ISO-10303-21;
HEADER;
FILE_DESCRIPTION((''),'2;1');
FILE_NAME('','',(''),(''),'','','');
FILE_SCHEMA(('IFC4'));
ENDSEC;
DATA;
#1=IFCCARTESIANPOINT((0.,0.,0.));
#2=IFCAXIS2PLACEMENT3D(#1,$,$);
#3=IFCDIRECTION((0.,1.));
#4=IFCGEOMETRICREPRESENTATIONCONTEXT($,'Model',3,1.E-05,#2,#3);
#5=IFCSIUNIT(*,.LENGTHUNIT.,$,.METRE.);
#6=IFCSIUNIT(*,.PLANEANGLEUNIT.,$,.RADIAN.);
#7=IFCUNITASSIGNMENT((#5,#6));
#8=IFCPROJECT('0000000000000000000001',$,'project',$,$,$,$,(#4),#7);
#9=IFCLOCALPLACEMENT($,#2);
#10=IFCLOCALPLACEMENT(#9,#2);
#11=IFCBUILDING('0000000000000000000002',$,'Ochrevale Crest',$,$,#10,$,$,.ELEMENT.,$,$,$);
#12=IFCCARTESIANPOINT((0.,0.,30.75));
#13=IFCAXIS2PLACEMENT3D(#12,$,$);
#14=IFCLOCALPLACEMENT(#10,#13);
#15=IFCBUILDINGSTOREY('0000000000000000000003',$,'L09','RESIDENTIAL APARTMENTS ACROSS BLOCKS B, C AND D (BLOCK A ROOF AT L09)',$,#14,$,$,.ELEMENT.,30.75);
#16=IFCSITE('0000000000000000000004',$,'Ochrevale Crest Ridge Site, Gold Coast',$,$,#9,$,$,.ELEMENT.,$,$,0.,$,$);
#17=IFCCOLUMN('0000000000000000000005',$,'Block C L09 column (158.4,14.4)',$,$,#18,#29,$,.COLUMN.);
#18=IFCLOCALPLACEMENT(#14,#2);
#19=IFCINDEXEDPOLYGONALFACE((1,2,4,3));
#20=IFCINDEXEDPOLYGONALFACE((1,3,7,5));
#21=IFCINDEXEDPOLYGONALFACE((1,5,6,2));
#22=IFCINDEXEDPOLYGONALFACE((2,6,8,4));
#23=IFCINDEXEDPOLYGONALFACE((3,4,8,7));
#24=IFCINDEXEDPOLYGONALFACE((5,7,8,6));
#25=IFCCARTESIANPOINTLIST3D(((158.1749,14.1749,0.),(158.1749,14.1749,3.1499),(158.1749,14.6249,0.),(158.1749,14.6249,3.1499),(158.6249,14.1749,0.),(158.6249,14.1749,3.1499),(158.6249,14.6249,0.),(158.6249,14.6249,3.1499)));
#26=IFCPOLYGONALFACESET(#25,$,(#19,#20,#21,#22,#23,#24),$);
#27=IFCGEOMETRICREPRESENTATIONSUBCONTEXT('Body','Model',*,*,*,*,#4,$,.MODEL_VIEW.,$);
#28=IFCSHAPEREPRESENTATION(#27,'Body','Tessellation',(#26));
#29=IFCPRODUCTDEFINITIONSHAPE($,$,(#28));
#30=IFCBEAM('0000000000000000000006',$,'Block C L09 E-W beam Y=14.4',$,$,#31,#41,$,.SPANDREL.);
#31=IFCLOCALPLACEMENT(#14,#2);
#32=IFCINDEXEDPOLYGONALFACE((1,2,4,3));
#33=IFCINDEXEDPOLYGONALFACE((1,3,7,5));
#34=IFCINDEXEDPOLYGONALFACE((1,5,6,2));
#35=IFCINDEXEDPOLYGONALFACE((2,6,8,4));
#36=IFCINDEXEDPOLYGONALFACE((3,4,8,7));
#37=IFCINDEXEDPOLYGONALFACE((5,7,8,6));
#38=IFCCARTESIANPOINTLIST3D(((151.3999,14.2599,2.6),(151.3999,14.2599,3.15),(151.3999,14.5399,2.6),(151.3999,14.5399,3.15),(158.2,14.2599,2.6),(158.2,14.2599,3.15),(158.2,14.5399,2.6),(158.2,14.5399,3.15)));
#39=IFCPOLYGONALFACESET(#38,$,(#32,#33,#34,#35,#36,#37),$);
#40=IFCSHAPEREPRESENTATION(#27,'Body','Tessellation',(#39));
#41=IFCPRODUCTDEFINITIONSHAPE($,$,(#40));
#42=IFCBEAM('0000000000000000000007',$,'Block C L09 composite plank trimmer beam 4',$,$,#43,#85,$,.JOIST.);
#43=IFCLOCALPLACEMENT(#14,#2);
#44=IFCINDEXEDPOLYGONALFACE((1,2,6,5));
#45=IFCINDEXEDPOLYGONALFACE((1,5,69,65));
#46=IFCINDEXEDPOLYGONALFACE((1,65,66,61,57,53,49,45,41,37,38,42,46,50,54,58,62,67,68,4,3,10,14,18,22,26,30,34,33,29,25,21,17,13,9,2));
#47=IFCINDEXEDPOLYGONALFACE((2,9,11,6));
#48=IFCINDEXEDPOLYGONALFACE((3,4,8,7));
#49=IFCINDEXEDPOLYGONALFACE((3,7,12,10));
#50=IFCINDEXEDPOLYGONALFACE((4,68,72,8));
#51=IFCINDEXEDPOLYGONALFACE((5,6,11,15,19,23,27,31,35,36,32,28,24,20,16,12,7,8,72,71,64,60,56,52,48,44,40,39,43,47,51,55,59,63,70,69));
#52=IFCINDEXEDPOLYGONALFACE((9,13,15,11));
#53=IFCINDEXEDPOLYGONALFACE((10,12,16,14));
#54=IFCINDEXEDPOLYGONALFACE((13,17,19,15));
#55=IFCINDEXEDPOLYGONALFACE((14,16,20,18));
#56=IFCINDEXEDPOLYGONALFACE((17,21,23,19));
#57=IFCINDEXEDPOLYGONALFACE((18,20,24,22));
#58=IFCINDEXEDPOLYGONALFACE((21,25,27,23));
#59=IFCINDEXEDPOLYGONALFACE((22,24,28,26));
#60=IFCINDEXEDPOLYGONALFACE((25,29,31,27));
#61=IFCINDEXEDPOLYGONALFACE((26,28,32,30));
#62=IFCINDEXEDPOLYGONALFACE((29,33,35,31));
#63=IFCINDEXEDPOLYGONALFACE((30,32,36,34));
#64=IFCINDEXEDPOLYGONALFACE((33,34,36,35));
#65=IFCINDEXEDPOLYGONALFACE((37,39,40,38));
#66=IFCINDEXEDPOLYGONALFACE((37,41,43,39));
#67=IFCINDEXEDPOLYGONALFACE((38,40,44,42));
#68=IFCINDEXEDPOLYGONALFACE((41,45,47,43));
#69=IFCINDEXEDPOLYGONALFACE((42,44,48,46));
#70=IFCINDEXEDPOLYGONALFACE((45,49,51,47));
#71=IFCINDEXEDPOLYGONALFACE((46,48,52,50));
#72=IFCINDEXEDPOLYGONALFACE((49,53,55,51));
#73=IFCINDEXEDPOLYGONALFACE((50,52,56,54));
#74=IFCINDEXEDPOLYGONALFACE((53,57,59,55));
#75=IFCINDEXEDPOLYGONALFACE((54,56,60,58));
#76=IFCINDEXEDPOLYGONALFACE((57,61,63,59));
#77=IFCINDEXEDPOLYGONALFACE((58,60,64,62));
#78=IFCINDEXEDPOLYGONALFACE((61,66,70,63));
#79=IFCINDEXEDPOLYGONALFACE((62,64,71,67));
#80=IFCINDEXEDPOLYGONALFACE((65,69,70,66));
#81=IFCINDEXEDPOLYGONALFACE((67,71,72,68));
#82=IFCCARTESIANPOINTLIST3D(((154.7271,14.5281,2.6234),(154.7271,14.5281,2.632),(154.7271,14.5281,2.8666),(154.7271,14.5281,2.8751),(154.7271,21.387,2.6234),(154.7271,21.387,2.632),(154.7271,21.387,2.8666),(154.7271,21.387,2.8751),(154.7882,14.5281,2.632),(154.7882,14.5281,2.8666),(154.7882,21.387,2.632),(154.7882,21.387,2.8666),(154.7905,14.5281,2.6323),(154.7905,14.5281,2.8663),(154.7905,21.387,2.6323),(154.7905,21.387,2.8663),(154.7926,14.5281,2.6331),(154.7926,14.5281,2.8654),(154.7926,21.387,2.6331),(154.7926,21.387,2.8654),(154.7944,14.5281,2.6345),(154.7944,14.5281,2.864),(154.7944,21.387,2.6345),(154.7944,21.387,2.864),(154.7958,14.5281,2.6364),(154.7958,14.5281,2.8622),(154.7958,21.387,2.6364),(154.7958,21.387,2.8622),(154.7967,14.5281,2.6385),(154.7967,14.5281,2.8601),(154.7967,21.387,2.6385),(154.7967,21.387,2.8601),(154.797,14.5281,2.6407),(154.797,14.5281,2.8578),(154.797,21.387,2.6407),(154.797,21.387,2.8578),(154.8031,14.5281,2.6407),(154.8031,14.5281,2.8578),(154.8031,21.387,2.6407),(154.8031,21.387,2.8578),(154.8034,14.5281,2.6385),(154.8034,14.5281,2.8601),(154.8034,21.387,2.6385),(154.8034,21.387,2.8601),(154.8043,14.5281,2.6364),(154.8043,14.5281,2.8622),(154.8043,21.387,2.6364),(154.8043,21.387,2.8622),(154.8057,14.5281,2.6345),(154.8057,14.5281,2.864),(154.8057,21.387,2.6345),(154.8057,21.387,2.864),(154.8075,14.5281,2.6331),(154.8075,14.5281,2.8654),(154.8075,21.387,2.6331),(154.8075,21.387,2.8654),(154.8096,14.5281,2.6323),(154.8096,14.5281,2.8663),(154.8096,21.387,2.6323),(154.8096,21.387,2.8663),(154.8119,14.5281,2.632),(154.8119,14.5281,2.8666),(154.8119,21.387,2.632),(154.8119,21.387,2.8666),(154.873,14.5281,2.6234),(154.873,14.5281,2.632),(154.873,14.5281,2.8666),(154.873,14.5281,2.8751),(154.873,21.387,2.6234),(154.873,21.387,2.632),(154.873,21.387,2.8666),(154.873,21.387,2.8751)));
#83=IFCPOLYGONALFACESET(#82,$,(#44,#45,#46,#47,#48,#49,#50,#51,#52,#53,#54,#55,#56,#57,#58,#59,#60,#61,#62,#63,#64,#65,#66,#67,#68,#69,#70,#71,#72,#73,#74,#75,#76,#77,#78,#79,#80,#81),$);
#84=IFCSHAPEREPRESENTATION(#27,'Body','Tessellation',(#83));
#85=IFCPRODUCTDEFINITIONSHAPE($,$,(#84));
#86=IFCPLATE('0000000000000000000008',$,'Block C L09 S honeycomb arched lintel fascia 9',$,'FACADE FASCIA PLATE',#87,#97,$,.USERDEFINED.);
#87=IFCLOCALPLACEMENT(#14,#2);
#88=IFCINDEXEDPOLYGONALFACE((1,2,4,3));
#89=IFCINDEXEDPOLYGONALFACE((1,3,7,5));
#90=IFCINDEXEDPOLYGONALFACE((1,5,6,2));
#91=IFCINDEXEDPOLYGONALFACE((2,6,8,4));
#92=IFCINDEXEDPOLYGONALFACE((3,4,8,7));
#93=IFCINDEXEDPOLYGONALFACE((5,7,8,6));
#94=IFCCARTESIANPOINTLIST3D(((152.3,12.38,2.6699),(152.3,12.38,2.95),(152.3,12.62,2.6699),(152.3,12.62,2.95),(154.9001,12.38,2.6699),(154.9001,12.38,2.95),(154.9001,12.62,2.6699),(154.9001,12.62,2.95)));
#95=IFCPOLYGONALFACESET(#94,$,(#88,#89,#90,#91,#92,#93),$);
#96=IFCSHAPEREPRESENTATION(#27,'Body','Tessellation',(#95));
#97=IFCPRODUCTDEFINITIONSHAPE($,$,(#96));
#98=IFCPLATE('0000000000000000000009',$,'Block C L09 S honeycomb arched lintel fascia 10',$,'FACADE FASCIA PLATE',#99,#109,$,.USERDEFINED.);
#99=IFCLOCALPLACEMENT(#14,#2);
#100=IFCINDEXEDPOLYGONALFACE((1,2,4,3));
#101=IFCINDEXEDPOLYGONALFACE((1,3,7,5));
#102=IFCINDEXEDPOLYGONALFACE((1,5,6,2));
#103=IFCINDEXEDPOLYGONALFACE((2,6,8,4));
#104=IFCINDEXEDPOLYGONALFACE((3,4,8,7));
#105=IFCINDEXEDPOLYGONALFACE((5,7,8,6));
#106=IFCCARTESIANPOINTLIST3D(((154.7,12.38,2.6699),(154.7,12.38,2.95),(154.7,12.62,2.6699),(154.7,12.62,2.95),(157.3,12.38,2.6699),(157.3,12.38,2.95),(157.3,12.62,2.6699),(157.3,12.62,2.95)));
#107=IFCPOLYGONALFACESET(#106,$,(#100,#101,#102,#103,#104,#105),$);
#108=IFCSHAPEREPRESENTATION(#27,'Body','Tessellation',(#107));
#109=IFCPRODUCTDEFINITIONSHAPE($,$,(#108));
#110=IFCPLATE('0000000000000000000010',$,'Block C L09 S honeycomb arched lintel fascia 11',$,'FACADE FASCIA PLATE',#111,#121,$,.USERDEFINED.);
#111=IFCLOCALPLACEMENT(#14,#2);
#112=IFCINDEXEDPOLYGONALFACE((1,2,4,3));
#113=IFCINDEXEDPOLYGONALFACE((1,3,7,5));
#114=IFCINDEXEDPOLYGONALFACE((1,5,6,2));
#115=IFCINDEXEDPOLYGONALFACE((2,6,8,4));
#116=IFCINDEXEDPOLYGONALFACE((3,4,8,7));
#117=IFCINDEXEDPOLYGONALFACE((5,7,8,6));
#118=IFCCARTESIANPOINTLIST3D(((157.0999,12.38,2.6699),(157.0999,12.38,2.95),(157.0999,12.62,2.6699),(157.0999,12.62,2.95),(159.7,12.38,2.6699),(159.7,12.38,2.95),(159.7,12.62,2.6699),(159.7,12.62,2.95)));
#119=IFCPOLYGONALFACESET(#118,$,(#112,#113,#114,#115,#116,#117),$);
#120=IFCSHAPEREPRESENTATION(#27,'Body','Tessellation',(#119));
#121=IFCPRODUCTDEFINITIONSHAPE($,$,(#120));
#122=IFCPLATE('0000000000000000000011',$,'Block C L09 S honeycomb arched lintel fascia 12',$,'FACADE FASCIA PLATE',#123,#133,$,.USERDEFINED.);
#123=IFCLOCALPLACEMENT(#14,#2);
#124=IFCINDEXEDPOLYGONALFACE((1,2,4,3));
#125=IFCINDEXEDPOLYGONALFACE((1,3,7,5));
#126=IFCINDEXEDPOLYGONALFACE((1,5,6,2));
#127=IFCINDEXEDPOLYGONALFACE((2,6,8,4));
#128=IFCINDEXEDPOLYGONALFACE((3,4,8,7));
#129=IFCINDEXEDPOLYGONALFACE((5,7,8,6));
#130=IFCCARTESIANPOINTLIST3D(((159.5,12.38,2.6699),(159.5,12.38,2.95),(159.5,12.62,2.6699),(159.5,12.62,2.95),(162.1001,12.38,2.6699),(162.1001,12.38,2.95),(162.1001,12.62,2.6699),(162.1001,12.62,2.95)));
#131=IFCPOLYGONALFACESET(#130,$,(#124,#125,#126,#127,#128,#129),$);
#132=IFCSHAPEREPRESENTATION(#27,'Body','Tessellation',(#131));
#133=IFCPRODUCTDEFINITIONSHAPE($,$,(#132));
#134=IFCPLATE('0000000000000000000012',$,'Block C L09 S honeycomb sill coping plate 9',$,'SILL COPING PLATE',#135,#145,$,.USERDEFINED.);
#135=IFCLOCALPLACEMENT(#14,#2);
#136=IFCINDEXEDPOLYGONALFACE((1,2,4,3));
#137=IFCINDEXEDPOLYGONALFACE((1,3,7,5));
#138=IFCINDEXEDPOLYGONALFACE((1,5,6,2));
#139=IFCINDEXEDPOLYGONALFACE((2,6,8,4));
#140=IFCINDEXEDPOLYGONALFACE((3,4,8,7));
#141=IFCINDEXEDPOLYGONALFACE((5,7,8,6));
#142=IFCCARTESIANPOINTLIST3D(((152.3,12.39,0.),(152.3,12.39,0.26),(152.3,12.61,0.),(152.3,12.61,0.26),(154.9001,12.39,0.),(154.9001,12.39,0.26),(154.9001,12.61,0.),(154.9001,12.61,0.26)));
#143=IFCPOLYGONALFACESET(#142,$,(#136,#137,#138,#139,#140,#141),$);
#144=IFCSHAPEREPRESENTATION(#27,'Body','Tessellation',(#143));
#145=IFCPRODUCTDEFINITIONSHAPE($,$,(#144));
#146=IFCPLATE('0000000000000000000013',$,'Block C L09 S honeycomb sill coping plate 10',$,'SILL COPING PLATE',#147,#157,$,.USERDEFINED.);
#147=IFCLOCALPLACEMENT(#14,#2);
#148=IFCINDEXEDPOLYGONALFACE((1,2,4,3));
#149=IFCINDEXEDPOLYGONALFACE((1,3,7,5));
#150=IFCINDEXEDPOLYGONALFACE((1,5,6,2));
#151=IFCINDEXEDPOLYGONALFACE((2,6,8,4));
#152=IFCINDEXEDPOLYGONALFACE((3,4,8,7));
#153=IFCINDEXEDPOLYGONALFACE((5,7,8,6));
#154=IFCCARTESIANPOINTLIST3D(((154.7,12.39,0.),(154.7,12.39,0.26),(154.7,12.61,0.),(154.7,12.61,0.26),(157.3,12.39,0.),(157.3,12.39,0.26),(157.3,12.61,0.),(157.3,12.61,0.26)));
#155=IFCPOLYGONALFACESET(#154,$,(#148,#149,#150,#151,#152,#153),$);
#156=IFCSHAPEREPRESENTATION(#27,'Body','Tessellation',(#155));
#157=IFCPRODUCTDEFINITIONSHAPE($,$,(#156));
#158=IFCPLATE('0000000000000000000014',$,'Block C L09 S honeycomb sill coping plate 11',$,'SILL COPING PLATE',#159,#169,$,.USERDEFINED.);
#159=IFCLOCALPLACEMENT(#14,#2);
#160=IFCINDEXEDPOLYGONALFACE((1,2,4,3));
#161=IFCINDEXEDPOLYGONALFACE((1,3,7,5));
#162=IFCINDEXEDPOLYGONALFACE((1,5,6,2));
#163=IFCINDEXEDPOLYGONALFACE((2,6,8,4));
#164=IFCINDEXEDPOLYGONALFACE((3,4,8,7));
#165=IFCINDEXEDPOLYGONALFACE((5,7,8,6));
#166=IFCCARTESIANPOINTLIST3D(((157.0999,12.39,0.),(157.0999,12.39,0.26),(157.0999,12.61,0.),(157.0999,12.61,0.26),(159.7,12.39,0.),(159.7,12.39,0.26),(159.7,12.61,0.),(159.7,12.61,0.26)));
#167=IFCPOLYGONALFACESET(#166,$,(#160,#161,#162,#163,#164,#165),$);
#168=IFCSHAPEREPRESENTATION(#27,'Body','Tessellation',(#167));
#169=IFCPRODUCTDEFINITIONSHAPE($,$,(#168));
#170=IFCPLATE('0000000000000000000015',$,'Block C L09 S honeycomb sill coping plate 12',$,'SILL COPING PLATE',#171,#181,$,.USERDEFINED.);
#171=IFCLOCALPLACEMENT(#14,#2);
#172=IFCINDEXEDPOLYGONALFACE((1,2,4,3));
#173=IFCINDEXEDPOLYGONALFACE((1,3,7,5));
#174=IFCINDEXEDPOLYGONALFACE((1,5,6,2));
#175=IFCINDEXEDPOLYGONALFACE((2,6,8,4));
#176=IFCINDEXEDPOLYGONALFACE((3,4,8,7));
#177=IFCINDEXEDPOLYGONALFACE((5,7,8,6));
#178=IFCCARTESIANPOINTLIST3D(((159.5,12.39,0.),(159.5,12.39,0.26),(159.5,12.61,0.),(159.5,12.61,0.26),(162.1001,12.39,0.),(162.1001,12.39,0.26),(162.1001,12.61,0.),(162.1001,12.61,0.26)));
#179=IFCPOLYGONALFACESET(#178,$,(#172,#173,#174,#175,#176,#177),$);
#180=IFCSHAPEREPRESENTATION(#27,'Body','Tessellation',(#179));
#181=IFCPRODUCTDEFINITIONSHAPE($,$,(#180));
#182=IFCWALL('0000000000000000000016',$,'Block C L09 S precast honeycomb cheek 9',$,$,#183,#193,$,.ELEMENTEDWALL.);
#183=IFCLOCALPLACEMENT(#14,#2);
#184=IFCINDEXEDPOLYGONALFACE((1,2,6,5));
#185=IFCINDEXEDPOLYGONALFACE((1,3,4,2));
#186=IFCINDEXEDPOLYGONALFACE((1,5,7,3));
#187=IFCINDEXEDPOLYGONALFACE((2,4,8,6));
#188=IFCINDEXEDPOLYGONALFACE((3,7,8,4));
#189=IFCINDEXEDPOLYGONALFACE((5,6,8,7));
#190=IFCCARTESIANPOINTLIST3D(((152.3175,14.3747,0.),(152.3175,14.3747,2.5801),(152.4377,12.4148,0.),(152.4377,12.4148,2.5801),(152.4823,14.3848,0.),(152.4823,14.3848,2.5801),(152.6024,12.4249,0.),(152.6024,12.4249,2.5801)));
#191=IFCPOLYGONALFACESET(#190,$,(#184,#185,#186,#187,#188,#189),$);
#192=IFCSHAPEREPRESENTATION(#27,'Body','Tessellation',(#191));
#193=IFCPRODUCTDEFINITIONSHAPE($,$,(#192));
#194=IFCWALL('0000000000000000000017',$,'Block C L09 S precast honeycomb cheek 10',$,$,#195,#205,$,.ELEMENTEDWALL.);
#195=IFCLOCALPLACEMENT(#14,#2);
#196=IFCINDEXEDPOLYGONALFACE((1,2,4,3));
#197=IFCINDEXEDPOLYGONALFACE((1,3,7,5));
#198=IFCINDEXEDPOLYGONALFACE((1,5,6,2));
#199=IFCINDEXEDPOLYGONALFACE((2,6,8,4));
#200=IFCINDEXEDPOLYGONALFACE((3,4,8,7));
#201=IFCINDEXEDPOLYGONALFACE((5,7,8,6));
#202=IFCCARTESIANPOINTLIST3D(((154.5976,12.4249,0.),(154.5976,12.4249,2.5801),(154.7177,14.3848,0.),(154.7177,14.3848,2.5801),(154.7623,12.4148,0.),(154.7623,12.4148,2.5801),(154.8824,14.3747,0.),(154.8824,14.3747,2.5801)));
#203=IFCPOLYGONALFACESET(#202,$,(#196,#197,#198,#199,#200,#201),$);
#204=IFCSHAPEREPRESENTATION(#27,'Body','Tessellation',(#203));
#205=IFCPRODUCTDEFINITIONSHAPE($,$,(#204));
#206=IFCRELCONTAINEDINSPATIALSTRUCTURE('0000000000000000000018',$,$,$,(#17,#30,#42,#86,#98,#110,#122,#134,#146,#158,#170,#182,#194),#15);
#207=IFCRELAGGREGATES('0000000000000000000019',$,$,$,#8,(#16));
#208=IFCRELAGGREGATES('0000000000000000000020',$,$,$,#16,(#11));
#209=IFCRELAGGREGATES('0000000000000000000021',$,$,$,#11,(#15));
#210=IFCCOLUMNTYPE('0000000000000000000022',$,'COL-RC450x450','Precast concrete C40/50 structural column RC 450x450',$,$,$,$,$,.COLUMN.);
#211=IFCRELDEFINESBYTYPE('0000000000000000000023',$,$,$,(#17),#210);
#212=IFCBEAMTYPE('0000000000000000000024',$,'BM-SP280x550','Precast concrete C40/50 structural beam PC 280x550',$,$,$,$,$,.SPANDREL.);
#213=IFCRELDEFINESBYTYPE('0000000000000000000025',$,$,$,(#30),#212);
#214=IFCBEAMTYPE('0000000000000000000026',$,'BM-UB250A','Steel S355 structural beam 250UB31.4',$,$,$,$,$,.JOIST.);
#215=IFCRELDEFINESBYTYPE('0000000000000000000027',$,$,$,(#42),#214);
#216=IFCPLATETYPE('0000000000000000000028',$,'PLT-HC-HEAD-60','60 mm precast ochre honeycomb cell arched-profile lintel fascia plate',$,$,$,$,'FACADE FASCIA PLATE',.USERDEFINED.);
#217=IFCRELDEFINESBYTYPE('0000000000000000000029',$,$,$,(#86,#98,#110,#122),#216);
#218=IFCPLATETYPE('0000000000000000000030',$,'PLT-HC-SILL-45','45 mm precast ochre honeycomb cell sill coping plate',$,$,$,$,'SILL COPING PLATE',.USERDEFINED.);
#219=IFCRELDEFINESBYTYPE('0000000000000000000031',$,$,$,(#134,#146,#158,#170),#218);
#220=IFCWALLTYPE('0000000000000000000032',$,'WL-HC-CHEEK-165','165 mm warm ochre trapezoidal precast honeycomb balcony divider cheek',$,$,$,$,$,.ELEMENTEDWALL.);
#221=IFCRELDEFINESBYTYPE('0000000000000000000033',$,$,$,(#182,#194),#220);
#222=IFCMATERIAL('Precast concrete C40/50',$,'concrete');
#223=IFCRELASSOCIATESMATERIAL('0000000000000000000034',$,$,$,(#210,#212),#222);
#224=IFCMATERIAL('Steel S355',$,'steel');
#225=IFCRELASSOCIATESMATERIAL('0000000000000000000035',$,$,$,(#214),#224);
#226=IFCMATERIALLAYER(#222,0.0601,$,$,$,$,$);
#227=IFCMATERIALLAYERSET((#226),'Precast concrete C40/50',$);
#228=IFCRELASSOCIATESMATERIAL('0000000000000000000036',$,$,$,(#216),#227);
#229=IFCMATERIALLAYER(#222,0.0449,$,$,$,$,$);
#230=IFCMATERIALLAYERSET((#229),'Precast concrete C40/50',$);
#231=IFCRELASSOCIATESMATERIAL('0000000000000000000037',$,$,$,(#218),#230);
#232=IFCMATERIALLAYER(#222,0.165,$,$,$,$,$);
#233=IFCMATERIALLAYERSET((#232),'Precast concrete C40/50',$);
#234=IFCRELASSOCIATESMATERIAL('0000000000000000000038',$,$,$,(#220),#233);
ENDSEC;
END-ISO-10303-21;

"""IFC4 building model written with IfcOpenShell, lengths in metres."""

from ifc_helpers import new_model, si_unit, direction, frame, frame_2d, origin, origin_2d, place, context, subcontext, project, spatial, rectangle, i_section, extrude, material, layer, layer_set, material_profile, profile_set, type_object, element, save


model = new_model("IFC4")

# Units and contexts
model_context = context("Model", 3, precision=1e-05, world=origin(), true_north=direction((0.0, 1.0)))
body_context = subcontext(model_context, "Body", "Model", "MODEL_VIEW")
ifc_project = project(units=[si_unit("LENGTHUNIT", "METRE"), si_unit("PLANEANGLEUNIT", "RADIAN")], contexts=[model_context])

# Site, building, storey
site_placement = place(None, origin())
site = spatial("IfcSite", under=ifc_project, at=site_placement, Name="Ochrevale Crest Ridge Site, Gold Coast", CompositionType="ELEMENT", RefElevation=0.0)
building_placement = place(site_placement, origin())
building = spatial("IfcBuilding", under=site, at=building_placement, Name="Ochrevale Crest", CompositionType="ELEMENT")
storey_placement = place(building_placement, frame((0.0, 0.0, 30.75)))
storey = spatial("IfcBuildingStorey", under=building, at=storey_placement, Name="L09", Description="RESIDENTIAL APARTMENTS ACROSS BLOCKS B, C AND D (BLOCK A ROOF AT L09)", CompositionType="ELEMENT", Elevation=30.75)

# Column
ifc_material_1 = material(Name="Precast concrete C40/50", Category="concrete")
ifc_material_profile_1 = material_profile(ifc_material_1, rectangle(XDim=0.45, YDim=0.45, at=origin_2d()), Name="RC 450x450")
ifc_profile_set_1 = profile_set([ifc_material_profile_1], Name="Precast concrete C40/50")
column_type = type_object("IfcColumnType", Name="COL-RC450x450", Description="Precast concrete C40/50 structural column RC 450x450", PredefinedType="COLUMN", material=ifc_profile_set_1)
column_placement = place(storey_placement, frame((158.3999, 14.3999, 0.0), z_axis=(0.0, 0.0, 1.0), x_axis=(1.0, 0.0, 0.0)))
element("IfcColumn", 1, at=column_placement, inside=storey, type_object=column_type, Name="Block C L09 column (158.4,14.4)", PredefinedType="COLUMN", context=body_context, shape_type="SweptSolid", body=[
    extrude(rectangle(XDim=0.45, YDim=0.45, at=origin_2d()), origin(), (0.0, 0.0, 1.0), 3.1499),
])

# Beams
ifc_material_profile_2 = material_profile(ifc_material_1, rectangle(XDim=0.28, YDim=0.55, at=origin_2d()), Name="PC 280x550")
ifc_profile_set_2 = profile_set([ifc_material_profile_2], Name="Precast concrete C40/50")
beam_type_1 = type_object("IfcBeamType", Name="BM-SP280x550", Description="Precast concrete C40/50 structural beam PC 280x550", PredefinedType="SPANDREL", material=ifc_profile_set_2)
beam_1_placement = place(storey_placement, frame((151.3999, 14.3999, 2.875), z_axis=(1.0, 0.0, 0.0), x_axis=(0.0, 1.0, 0.0)))
element("IfcBeam", 2, at=beam_1_placement, inside=storey, type_object=beam_type_1, Name="Block C L09 E-W beam Y=14.4", PredefinedType="SPANDREL", context=body_context, shape_type="SweptSolid", body=[
    extrude(rectangle(XDim=0.28, YDim=0.55, at=origin_2d()), origin(), (0.0, 0.0, 1.0), 6.8),
])
ifc_material_2 = material(Name="Steel S355", Category="steel")
ifc_material_profile_3 = material_profile(ifc_material_2, i_section(OverallWidth=0.146, OverallDepth=0.2517, WebThickness=0.0061, FlangeThickness=0.0085, FilletRadius=0.0088, at=origin_2d()), Name="250UB31.4")
ifc_profile_set_3 = profile_set([ifc_material_profile_3], Name="Steel S355")
beam_type_2 = type_object("IfcBeamType", Name="BM-UB250A", Description="Steel S355 structural beam 250UB31.4", PredefinedType="JOIST", material=ifc_profile_set_3)
beam_2_placement = place(storey_placement, frame((154.8, 14.5281, 2.7493), z_axis=(0.0, 1.0, 0.0), x_axis=(-1.0, 0.0, 0.0)))
element("IfcBeam", 3, at=beam_2_placement, inside=storey, type_object=beam_type_2, Name="Block C L09 composite plank trimmer beam 4", PredefinedType="JOIST", context=body_context, shape_type="SweptSolid", body=[
    extrude(i_section(OverallWidth=0.146, OverallDepth=0.2517, WebThickness=0.0061, FlangeThickness=0.0085, FilletRadius=0.0088, at=origin_2d()), origin(), (0.0, 0.0, 1.0), 6.8589),
])

# Plates
ifc_layer_1 = layer(ifc_material_1, 0.0601)
ifc_layer_set_1 = layer_set([ifc_layer_1], Name="Precast concrete C40/50")
plate_type_1 = type_object("IfcPlateType", Name="PLT-HC-HEAD-60", Description="60 mm precast ochre honeycomb cell arched-profile lintel fascia plate", ElementType="FACADE FASCIA PLATE", PredefinedType="USERDEFINED", material=ifc_layer_set_1)
for number, where, z_axis, x_axis, name in (
    (4, (153.6001, 12.5, 2.6699), (0.0, 0.0, 1.0), (1.0, 0.0, 0.0), "Block C L09 S honeycomb arched lintel fascia 9"),
    (5, (156.0, 12.5, 2.6699), (0.0, 0.0, 1.0), (1.0, 0.0, 0.0), "Block C L09 S honeycomb arched lintel fascia 10"),
    (6, (158.3999, 12.5, 2.6699), (0.0, 0.0, 1.0), (1.0, 0.0, 0.0), "Block C L09 S honeycomb arched lintel fascia 11"),
    (7, (160.8, 12.5, 2.6699), (0.0, 0.0, 1.0), (1.0, 0.0, 0.0), "Block C L09 S honeycomb arched lintel fascia 12"),
):
    element("IfcPlate", number, at=place(storey_placement, frame(where, z_axis=z_axis, x_axis=x_axis)), inside=storey, type_object=plate_type_1, Name=name, ObjectType="FACADE FASCIA PLATE", PredefinedType="USERDEFINED", context=body_context, shape_type="SweptSolid", body=[
        extrude(rectangle(XDim=2.6001, YDim=0.24, at=origin_2d()), origin(), (0.0, 0.0, 1.0), 0.28),
    ])
ifc_layer_2 = layer(ifc_material_1, 0.0449)
ifc_layer_set_2 = layer_set([ifc_layer_2], Name="Precast concrete C40/50")
plate_type_2 = type_object("IfcPlateType", Name="PLT-HC-SILL-45", Description="45 mm precast ochre honeycomb cell sill coping plate", ElementType="SILL COPING PLATE", PredefinedType="USERDEFINED", material=ifc_layer_set_2)
for number, where, z_axis, x_axis, name in (
    (8, (153.6001, 12.5, 0.0), (0.0, 0.0, 1.0), (1.0, 0.0, 0.0), "Block C L09 S honeycomb sill coping plate 9"),
    (9, (156.0, 12.5, 0.0), (0.0, 0.0, 1.0), (1.0, 0.0, 0.0), "Block C L09 S honeycomb sill coping plate 10"),
    (10, (158.3999, 12.5, 0.0), (0.0, 0.0, 1.0), (1.0, 0.0, 0.0), "Block C L09 S honeycomb sill coping plate 11"),
    (11, (160.8, 12.5, 0.0), (0.0, 0.0, 1.0), (1.0, 0.0, 0.0), "Block C L09 S honeycomb sill coping plate 12"),
):
    element("IfcPlate", number, at=place(storey_placement, frame(where, z_axis=z_axis, x_axis=x_axis)), inside=storey, type_object=plate_type_2, Name=name, ObjectType="SILL COPING PLATE", PredefinedType="USERDEFINED", context=body_context, shape_type="SweptSolid", body=[
        extrude(rectangle(XDim=2.6001, YDim=0.22, at=origin_2d()), origin(), (0.0, 0.0, 1.0), 0.26),
    ])

# Walls
ifc_layer_3 = layer(ifc_material_1, 0.165)
ifc_layer_set_3 = layer_set([ifc_layer_3], Name="Precast concrete C40/50")
wall_type = type_object("IfcWallType", Name="WL-HC-CHEEK-165", Description="165 mm warm ochre trapezoidal precast honeycomb balcony divider cheek", PredefinedType="ELEMENTEDWALL", material=ifc_layer_set_3)
for number, where, z_axis, x_axis, name in (
    (12, (152.3999, 14.3799, 0.0), (0.0, 0.0, 1.0), (0.061171, -0.998127, 0.0), "Block C L09 S precast honeycomb cheek 9"),
    (13, (154.8, 14.3799, 0.0), (0.0, 0.0, 1.0), (-0.061171, -0.998127, 0.0), "Block C L09 S precast honeycomb cheek 10"),
):
    element("IfcWall", number, at=place(storey_placement, frame(where, z_axis=z_axis, x_axis=x_axis)), inside=storey, type_object=wall_type, Name=name, PredefinedType="ELEMENTEDWALL", context=body_context, shape_type="SweptSolid", body=[
        extrude(rectangle(XDim=1.9636, YDim=0.165, at=frame_2d((0.9819, 0.0))), origin(), (0.0, 0.0, 1.0), 2.5801),
    ])

save(model, "model.ifc")
